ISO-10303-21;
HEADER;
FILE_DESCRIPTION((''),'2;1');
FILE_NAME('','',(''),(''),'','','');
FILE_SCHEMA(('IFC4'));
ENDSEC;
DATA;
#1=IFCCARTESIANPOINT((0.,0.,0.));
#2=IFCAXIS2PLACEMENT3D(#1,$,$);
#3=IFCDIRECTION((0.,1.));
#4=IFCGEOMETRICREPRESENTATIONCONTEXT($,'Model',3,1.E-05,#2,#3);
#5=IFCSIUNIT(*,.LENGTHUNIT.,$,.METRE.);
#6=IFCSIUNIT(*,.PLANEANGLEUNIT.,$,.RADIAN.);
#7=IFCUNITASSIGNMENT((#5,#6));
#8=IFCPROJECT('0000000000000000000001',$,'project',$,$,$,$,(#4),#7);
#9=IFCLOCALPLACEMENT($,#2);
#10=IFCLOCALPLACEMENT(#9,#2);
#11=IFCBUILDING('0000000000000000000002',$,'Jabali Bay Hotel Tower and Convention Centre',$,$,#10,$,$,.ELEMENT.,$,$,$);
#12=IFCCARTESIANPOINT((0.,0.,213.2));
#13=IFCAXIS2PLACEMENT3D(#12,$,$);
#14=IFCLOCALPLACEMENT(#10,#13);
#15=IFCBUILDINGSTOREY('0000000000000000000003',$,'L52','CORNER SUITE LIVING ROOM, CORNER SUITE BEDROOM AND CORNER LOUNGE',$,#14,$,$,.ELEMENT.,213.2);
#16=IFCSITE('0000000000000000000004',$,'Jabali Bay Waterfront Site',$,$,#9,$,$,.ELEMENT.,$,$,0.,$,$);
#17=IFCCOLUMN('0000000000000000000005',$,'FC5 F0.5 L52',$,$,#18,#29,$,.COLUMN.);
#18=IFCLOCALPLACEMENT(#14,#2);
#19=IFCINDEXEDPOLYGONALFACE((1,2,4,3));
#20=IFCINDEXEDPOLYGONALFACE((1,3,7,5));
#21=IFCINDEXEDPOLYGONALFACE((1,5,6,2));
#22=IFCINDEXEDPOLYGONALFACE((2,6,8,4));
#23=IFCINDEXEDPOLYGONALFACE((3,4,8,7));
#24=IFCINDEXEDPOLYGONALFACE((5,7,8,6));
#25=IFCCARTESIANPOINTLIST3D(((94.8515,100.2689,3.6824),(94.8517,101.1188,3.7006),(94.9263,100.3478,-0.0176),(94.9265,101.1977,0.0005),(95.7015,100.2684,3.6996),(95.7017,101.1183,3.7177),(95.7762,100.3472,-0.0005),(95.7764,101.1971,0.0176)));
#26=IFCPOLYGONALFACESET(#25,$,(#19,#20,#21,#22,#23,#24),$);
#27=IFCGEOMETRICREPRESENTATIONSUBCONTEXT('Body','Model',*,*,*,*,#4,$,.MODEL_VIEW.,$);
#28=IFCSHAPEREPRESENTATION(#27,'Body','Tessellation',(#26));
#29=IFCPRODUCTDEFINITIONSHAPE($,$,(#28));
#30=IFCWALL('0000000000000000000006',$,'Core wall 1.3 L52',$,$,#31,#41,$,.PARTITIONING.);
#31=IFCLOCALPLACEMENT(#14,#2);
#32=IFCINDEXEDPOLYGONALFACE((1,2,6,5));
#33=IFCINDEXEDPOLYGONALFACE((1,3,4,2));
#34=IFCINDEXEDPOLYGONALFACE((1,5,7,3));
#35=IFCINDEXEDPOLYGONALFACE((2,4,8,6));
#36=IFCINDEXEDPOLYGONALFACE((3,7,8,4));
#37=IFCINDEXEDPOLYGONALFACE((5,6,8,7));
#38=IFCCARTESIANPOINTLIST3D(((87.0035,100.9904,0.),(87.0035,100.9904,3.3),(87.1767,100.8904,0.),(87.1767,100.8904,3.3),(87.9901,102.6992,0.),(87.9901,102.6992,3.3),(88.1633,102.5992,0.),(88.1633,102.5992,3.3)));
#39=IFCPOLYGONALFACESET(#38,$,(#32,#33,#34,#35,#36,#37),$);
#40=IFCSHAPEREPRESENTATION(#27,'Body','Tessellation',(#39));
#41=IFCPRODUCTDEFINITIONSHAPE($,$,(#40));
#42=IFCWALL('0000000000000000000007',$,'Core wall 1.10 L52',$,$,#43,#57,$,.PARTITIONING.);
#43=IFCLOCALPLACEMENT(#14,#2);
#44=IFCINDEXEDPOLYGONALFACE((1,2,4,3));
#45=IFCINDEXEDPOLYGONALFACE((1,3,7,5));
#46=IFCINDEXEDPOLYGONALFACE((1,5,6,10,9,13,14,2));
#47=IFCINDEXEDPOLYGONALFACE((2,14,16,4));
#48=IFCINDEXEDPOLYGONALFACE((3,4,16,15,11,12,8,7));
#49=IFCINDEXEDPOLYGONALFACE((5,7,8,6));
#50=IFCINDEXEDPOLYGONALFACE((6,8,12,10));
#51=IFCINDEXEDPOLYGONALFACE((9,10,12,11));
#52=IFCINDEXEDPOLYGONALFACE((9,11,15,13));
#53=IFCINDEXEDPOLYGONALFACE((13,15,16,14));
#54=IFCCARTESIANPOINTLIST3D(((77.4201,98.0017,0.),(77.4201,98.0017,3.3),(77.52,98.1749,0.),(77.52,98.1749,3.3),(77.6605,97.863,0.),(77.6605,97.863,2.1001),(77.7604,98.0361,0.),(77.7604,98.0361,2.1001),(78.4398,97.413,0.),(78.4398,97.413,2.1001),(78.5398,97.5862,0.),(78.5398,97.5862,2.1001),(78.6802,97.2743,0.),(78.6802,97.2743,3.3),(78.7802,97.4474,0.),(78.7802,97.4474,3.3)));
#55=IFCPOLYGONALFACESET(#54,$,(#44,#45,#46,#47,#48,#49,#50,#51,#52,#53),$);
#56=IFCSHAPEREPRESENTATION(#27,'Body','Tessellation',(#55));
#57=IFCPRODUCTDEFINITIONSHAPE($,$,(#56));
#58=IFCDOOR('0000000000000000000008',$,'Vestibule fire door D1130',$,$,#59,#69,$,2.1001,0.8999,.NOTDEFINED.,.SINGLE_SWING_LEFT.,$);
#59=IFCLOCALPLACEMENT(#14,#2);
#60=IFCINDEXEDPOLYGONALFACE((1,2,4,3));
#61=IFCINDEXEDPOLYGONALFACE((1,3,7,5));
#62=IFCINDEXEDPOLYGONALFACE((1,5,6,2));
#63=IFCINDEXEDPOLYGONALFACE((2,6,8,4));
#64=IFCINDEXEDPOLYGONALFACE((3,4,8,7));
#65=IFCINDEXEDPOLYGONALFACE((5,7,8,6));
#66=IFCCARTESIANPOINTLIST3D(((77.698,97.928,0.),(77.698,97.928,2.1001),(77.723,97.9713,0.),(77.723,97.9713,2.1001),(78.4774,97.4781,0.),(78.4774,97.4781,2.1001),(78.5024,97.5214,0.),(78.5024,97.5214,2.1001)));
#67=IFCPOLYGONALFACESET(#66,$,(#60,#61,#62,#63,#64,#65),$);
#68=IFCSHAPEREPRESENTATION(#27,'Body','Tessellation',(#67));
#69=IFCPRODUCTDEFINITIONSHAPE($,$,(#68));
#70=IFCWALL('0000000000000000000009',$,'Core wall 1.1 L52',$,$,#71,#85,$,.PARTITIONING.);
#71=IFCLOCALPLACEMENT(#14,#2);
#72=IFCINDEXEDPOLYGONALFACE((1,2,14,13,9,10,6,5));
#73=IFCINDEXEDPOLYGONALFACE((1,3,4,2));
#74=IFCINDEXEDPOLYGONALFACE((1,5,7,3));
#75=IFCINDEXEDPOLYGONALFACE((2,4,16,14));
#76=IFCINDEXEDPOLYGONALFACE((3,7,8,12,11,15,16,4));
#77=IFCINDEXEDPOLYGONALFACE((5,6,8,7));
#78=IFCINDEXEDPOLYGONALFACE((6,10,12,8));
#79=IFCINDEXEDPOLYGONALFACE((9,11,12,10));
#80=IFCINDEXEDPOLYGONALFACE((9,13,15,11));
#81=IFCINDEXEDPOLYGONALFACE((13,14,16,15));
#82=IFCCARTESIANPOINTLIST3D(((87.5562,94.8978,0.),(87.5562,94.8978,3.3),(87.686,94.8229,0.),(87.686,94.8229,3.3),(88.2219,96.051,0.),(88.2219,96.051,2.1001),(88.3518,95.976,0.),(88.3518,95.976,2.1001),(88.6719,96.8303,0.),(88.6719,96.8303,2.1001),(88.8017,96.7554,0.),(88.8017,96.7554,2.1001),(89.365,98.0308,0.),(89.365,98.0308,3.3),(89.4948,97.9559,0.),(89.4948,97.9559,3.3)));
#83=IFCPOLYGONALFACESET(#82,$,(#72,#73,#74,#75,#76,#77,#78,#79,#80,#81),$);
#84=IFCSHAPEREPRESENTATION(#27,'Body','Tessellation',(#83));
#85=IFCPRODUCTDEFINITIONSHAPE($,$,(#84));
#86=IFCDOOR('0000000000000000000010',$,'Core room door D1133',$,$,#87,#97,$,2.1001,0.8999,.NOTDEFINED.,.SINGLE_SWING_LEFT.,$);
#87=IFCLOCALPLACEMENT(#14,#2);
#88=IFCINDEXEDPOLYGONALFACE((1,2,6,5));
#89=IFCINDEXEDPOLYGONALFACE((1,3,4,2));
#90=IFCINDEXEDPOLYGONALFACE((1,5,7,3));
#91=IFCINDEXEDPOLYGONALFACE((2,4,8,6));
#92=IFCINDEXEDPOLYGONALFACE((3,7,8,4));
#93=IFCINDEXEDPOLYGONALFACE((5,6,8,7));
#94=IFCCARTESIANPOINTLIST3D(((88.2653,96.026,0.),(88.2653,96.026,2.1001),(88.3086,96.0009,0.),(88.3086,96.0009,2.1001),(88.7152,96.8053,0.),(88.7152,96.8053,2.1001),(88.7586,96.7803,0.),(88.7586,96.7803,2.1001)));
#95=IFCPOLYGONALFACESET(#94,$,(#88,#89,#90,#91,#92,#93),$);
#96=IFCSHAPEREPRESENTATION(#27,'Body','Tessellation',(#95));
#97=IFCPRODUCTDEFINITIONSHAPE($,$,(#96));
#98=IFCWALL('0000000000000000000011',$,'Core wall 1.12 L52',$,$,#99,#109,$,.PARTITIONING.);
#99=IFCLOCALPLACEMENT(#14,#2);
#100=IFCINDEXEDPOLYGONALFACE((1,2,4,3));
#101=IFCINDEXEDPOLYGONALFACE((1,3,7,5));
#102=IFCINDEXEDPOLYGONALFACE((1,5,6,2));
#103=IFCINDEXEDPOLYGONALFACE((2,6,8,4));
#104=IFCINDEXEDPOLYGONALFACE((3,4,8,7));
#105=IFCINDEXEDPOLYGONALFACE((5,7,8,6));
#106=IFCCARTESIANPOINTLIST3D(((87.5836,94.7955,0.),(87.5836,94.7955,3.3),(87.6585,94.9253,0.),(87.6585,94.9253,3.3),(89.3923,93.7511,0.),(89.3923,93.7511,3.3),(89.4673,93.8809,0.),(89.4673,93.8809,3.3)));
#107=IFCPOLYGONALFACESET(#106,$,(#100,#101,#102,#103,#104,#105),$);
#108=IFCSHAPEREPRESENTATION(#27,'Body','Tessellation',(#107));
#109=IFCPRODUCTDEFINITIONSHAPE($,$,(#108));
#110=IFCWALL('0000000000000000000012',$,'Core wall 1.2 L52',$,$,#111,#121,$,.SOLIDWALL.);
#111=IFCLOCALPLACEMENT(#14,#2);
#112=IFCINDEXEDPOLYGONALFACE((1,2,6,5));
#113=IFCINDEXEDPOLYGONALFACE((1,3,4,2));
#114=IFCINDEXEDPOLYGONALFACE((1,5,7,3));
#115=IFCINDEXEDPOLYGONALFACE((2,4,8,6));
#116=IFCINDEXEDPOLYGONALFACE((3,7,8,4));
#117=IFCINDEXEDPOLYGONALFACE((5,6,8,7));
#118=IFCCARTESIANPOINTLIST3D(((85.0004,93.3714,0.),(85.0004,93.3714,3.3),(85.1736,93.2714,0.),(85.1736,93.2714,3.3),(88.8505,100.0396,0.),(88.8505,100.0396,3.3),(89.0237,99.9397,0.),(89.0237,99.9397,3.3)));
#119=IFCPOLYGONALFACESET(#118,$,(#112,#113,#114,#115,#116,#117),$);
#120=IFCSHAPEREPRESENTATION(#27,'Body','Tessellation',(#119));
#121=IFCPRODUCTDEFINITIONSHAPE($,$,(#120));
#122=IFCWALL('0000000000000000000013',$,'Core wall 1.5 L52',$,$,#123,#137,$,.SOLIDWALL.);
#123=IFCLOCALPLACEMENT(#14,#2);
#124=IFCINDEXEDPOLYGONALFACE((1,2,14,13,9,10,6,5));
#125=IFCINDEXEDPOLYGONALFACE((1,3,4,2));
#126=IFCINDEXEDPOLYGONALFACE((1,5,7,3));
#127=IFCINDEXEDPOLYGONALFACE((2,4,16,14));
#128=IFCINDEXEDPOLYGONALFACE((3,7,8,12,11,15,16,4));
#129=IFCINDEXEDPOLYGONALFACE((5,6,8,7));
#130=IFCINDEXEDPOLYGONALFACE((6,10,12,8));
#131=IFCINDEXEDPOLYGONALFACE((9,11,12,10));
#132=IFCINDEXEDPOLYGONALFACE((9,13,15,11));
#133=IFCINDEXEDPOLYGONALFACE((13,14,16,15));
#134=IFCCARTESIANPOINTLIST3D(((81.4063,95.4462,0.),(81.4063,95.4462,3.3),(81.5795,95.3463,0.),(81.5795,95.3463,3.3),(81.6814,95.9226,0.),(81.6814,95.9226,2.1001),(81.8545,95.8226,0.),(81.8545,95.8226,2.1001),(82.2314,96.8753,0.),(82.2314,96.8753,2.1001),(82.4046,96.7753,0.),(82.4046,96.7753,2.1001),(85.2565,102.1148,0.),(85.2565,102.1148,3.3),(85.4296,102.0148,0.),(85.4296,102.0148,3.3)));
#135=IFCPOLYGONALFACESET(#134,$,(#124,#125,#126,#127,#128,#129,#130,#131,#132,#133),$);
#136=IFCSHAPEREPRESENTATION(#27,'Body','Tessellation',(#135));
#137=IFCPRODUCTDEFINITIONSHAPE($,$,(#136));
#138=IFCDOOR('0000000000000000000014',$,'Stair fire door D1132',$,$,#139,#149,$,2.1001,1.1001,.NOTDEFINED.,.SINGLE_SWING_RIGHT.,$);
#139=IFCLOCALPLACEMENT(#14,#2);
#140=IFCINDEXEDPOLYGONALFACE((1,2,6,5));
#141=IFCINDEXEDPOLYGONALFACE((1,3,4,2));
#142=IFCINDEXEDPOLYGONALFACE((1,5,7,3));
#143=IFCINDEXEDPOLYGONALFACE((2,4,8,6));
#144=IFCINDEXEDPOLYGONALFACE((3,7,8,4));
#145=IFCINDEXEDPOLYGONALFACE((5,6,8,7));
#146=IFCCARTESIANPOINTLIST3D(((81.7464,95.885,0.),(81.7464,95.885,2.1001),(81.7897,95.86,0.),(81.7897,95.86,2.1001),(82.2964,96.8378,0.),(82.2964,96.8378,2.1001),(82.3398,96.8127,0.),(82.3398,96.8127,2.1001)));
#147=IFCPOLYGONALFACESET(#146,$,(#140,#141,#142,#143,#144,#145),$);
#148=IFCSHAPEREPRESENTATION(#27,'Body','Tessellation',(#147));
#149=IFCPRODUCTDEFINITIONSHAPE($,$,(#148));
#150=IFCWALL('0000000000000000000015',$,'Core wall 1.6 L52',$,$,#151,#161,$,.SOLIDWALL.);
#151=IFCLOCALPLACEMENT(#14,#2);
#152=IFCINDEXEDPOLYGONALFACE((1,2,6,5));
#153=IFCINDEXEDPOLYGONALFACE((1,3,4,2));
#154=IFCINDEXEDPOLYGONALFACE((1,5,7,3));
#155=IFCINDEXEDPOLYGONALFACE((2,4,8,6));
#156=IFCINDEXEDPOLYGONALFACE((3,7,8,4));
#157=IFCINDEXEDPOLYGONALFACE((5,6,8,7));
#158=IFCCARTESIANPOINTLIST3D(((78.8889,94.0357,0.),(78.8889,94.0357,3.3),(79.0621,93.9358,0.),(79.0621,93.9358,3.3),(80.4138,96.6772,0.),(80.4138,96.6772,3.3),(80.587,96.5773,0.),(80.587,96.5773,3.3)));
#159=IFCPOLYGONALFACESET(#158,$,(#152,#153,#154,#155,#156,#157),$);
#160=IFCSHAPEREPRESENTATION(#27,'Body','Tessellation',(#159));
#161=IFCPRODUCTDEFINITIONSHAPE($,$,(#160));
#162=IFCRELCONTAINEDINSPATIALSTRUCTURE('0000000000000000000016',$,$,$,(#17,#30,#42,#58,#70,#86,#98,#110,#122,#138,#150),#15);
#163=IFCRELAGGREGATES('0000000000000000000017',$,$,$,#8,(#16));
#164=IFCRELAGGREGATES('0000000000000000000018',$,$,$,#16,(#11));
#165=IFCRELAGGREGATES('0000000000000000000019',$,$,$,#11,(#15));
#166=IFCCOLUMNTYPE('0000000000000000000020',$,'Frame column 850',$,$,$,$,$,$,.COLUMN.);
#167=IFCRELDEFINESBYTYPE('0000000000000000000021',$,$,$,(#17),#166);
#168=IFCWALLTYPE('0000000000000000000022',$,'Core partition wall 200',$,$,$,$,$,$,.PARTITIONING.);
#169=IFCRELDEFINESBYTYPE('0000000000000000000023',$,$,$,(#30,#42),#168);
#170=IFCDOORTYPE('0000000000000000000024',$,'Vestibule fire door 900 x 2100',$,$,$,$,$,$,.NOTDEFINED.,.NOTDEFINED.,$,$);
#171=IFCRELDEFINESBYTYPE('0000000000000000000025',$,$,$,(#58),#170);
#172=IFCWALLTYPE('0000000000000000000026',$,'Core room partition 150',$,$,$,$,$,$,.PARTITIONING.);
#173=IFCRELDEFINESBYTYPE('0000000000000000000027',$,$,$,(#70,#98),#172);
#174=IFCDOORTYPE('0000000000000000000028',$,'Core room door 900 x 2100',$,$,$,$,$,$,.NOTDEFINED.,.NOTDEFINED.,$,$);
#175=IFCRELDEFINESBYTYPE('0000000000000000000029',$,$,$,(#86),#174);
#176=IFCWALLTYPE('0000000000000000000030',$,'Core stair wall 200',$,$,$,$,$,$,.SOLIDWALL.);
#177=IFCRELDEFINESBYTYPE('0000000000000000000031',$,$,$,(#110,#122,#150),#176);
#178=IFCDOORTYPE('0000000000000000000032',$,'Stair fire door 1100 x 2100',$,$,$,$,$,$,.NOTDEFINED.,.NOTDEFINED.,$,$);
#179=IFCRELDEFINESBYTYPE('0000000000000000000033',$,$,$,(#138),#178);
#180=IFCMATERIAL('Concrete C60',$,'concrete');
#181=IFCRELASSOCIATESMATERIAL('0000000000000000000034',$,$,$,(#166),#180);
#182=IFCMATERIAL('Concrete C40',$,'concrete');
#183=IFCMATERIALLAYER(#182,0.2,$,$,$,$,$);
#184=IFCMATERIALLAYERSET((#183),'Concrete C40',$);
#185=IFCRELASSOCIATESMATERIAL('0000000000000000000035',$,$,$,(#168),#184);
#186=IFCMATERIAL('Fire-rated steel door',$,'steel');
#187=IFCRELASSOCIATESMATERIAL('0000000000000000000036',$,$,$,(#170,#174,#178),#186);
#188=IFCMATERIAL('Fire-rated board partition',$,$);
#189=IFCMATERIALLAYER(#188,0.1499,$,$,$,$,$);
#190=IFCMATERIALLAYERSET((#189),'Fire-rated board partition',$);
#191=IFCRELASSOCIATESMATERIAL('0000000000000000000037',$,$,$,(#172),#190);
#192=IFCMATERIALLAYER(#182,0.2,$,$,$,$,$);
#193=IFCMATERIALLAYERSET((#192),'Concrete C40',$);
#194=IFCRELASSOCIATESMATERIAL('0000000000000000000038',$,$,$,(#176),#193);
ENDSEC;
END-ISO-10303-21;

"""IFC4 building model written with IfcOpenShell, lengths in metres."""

from ifc_helpers import new_model, si_unit, direction, frame, frame_2d, origin, origin_2d, place, context, subcontext, project, spatial, rectangle, extrude, material, layer, layer_set, material_profile, profile_set, type_object, element, fill, save


model = new_model("IFC4")

# Units and contexts
model_context = context("Model", 3, precision=1e-05, world=origin(), true_north=direction((0.0, 1.0)))
body_context = subcontext(model_context, "Body", "Model", "MODEL_VIEW")
ifc_project = project(units=[si_unit("LENGTHUNIT", "METRE"), si_unit("PLANEANGLEUNIT", "RADIAN")], contexts=[model_context])

# Site, building, storey
site_placement = place(None, origin())
site = spatial("IfcSite", under=ifc_project, at=site_placement, Name="Jabali Bay Waterfront Site", CompositionType="ELEMENT", RefElevation=0.0)
building_placement = place(site_placement, origin())
building = spatial("IfcBuilding", under=site, at=building_placement, Name="Jabali Bay Hotel Tower and Convention Centre", CompositionType="ELEMENT")
storey_placement = place(building_placement, frame((0.0, 0.0, 213.2)))
storey = spatial("IfcBuildingStorey", under=building, at=storey_placement, Name="L52", Description="CORNER SUITE LIVING ROOM, CORNER SUITE BEDROOM AND CORNER LOUNGE", CompositionType="ELEMENT", Elevation=213.2)

# Column
ifc_material_1 = material(Name="Concrete C60", Category="concrete")
ifc_material_profile = material_profile(ifc_material_1, rectangle(XDim=0.8501, YDim=0.8501, at=origin_2d()), Name="Frame column 850")
ifc_profile_set = profile_set([ifc_material_profile], Name="Concrete C60")
column_type = type_object("IfcColumnType", Name="Frame column 850", PredefinedType="COLUMN", material=ifc_profile_set)
column_placement = place(storey_placement, frame((95.3513, 100.7725, 0.0), z_axis=(-0.020183, -0.021304, 0.999569), x_axis=(0.999796, -0.000658, 0.020173)))
element("IfcColumn", 1, at=column_placement, inside=storey, type_object=column_type, Name="FC5 F0.5 L52", PredefinedType="COLUMN", context=body_context, shape_type="SweptSolid", body=[
    extrude(rectangle(XDim=0.8501, YDim=0.8501, at=origin_2d()), origin(), (0.0, 0.0, 1.0), 3.7017),
])

# Wall
ifc_material_2 = material(Name="Concrete C40", Category="concrete")
ifc_layer_1 = layer(ifc_material_2, 0.2)
ifc_layer_set_1 = layer_set([ifc_layer_1], Name="Concrete C40")
wall_type_1 = type_object("IfcWallType", Name="Core partition wall 200", PredefinedType="PARTITIONING", material=ifc_layer_set_1)
wall_1_placement = place(storey_placement, frame((87.0901, 100.9404, 0.0), z_axis=(0.0, 0.0, 1.0), x_axis=(0.500012, 0.866019, 0.0)))
element("IfcWall", 2, at=wall_1_placement, inside=storey, type_object=wall_type_1, Name="Core wall 1.3 L52", PredefinedType="PARTITIONING", context=body_context, shape_type="SweptSolid", body=[
    extrude(rectangle(XDim=1.9731, YDim=0.2, at=frame_2d((0.9866, 0.0))), origin(), (0.0, 0.0, 1.0), 3.3),
])

# Walls, openings, doors
wall_2_placement = place(storey_placement, frame((78.7302, 97.3608, 0.0), z_axis=(0.0, 0.0, 1.0), x_axis=(-0.866046, 0.499965, 0.0)))
wall_2 = element("IfcWall", 3, at=wall_2_placement, inside=storey, type_object=wall_type_1, Name="Core wall 1.10 L52", PredefinedType="PARTITIONING", context=body_context, shape_type="SweptSolid", body=[
    extrude(rectangle(XDim=1.4551, YDim=0.2, at=frame_2d((0.7275, 0.0))), origin(), (0.0, 0.0, 1.0), 3.3),
])
opening_1_placement = place(wall_2_placement, frame((0.2776, 0.0, 0.0)))
opening_1 = element("IfcOpeningElement", 4, at=opening_1_placement, cuts=wall_2, PredefinedType="OPENING", context=body_context, shape_type="SweptSolid", body=[
    extrude(rectangle(XDim=0.8999, YDim=2.1001, at=frame_2d((0.45, 1.05))), frame((0.0, 0.1104, 0.0), z_axis=(0.0, -1.0, 0.0), x_axis=(1.0, 0.0, 0.0)), (0.0, 0.0, 1.0), 0.2209),
])
ifc_material_3 = material(Name="Fire-rated steel door", Category="steel")
door_type_1 = type_object("IfcDoorType", Name="Vestibule fire door 900 x 2100", OperationType="NOTDEFINED", PredefinedType="NOTDEFINED", material=ifc_material_3)
door_1_placement = place(opening_1_placement, origin())
door_1 = element("IfcDoor", 5, at=door_1_placement, inside=storey, type_object=door_type_1, Name="Vestibule fire door D1130", OperationType="SINGLE_SWING_LEFT", OverallHeight=2.1001, OverallWidth=0.8999, PredefinedType="NOTDEFINED", context=body_context, shape_type="SweptSolid", body=[
    extrude(rectangle(XDim=0.8999, YDim=2.1001, at=frame_2d((0.45, 1.05))), frame((0.0, 0.0249, 0.0), z_axis=(0.0, -1.0, 0.0), x_axis=(1.0, 0.0, 0.0)), (0.0, 0.0, 1.0), 0.05),
])
fill(opening_1, door_1)
ifc_material_4 = material(Name="Fire-rated board partition")
ifc_layer_2 = layer(ifc_material_4, 0.1499)
ifc_layer_set_2 = layer_set([ifc_layer_2], Name="Fire-rated board partition")
wall_type_2 = type_object("IfcWallType", Name="Core room partition 150", PredefinedType="PARTITIONING", material=ifc_layer_set_2)
wall_3_placement = place(storey_placement, frame((87.6211, 94.8604, 0.0), z_axis=(0.0, 0.0, 1.0), x_axis=(0.499993, 0.866029, 0.0)))
wall_3 = element("IfcWall", 6, at=wall_3_placement, inside=storey, type_object=wall_type_2, Name="Core wall 1.1 L52", PredefinedType="PARTITIONING", context=body_context, shape_type="SweptSolid", body=[
    extrude(rectangle(XDim=3.6177, YDim=0.1499, at=frame_2d((1.8088, 0.0))), origin(), (0.0, 0.0, 1.0), 3.3),
])
opening_2_placement = place(wall_3_placement, frame((1.3315, 0.0, 0.0)))
opening_2 = element("IfcOpeningElement", 7, at=opening_2_placement, cuts=wall_3, PredefinedType="OPENING", context=body_context, shape_type="SweptSolid", body=[
    extrude(rectangle(XDim=0.8999, YDim=2.1001, at=frame_2d((0.45, 1.05))), frame((0.0, 0.0854, 0.0), z_axis=(0.0, -1.0, 0.0), x_axis=(1.0, 0.0, 0.0)), (0.0, 0.0, 1.0), 0.1709),
])
door_type_2 = type_object("IfcDoorType", Name="Core room door 900 x 2100", OperationType="NOTDEFINED", PredefinedType="NOTDEFINED", material=ifc_material_3)
door_2_placement = place(opening_2_placement, origin())
door_2 = element("IfcDoor", 8, at=door_2_placement, inside=storey, type_object=door_type_2, Name="Core room door D1133", OperationType="SINGLE_SWING_LEFT", OverallHeight=2.1001, OverallWidth=0.8999, PredefinedType="NOTDEFINED", context=body_context, shape_type="SweptSolid", body=[
    extrude(rectangle(XDim=0.8999, YDim=2.1001, at=frame_2d((0.45, 1.05))), frame((0.0, 0.0249, 0.0), z_axis=(0.0, -1.0, 0.0), x_axis=(1.0, 0.0, 0.0)), (0.0, 0.0, 1.0), 0.05),
])
fill(opening_2, door_2)

# Walls
wall_4_placement = place(storey_placement, frame((89.4299, 93.8159, 0.0), z_axis=(0.0, 0.0, 1.0), x_axis=(-0.866005, 0.500036, 0.0)))
element("IfcWall", 9, at=wall_4_placement, inside=storey, type_object=wall_type_2, Name="Core wall 1.12 L52", PredefinedType="PARTITIONING", context=body_context, shape_type="SweptSolid", body=[
    extrude(rectangle(XDim=2.0886, YDim=0.1499, at=frame_2d((1.0444, 0.0))), origin(), (0.0, 0.0, 1.0), 3.3),
])
ifc_layer_3 = layer(ifc_material_2, 0.2)
ifc_layer_set_3 = layer_set([ifc_layer_3], Name="Concrete C40")
wall_type_3 = type_object("IfcWallType", Name="Core stair wall 200", PredefinedType="SOLIDWALL", material=ifc_layer_set_3)
wall_5_placement = place(storey_placement, frame((85.0869, 93.3213, 0.0), z_axis=(0.0, 0.0, 1.0), x_axis=(0.50002, 0.866014, 0.0)))
element("IfcWall", 10, at=wall_5_placement, inside=storey, type_object=wall_type_3, Name="Core wall 1.2 L52", PredefinedType="SOLIDWALL", context=body_context, shape_type="SweptSolid", body=[
    extrude(rectangle(XDim=7.7, YDim=0.2, at=frame_2d((3.8501, 0.0))), origin(), (0.0, 0.0, 1.0), 3.3),
])

# Wall, opening, door
wall_6_placement = place(storey_placement, frame((81.4929, 95.3962, 0.0), z_axis=(0.0, 0.0, 1.0), x_axis=(0.500006, 0.866022, 0.0)))
wall_6 = element("IfcWall", 11, at=wall_6_placement, inside=storey, type_object=wall_type_3, Name="Core wall 1.5 L52", PredefinedType="SOLIDWALL", context=body_context, shape_type="SweptSolid", body=[
    extrude(rectangle(XDim=7.7002, YDim=0.2, at=frame_2d((3.8501, 0.0))), origin(), (0.0, 0.0, 1.0), 3.3),
])
opening_3_placement = place(wall_6_placement, frame((0.55, 0.0, 0.0)))
opening_3 = element("IfcOpeningElement", 12, at=opening_3_placement, cuts=wall_6, PredefinedType="OPENING", context=body_context, shape_type="SweptSolid", body=[
    extrude(rectangle(XDim=1.1001, YDim=2.1001, at=frame_2d((0.55, 1.05))), frame((0.0, 0.1104, 0.0), z_axis=(0.0, -1.0, 0.0), x_axis=(1.0, 0.0, 0.0)), (0.0, 0.0, 1.0), 0.2209),
])
door_type_3 = type_object("IfcDoorType", Name="Stair fire door 1100 x 2100", OperationType="NOTDEFINED", PredefinedType="NOTDEFINED", material=ifc_material_3)
door_3_placement = place(opening_3_placement, origin())
door_3 = element("IfcDoor", 13, at=door_3_placement, inside=storey, type_object=door_type_3, Name="Stair fire door D1132", OperationType="SINGLE_SWING_RIGHT", OverallHeight=2.1001, OverallWidth=1.1001, PredefinedType="NOTDEFINED", context=body_context, shape_type="SweptSolid", body=[
    extrude(rectangle(XDim=1.1001, YDim=2.1001, at=frame_2d((0.55, 1.05))), frame((0.0, 0.0249, 0.0), z_axis=(0.0, -1.0, 0.0), x_axis=(1.0, 0.0, 0.0)), (0.0, 0.0, 1.0), 0.05),
])
fill(opening_3, door_3)

# Wall
wall_7_placement = place(storey_placement, frame((78.9756, 93.9858, 0.0), z_axis=(0.0, 0.0, 1.0), x_axis=(0.499944, 0.866058, 0.0)))
element("IfcWall", 14, at=wall_7_placement, inside=storey, type_object=wall_type_3, Name="Core wall 1.6 L52", PredefinedType="SOLIDWALL", context=body_context, shape_type="SweptSolid", body=[
    extrude(rectangle(XDim=3.05, YDim=0.2, at=frame_2d((1.5249, 0.0))), origin(), (0.0, 0.0, 1.0), 3.3),
])

save(model, "model.ifc")
